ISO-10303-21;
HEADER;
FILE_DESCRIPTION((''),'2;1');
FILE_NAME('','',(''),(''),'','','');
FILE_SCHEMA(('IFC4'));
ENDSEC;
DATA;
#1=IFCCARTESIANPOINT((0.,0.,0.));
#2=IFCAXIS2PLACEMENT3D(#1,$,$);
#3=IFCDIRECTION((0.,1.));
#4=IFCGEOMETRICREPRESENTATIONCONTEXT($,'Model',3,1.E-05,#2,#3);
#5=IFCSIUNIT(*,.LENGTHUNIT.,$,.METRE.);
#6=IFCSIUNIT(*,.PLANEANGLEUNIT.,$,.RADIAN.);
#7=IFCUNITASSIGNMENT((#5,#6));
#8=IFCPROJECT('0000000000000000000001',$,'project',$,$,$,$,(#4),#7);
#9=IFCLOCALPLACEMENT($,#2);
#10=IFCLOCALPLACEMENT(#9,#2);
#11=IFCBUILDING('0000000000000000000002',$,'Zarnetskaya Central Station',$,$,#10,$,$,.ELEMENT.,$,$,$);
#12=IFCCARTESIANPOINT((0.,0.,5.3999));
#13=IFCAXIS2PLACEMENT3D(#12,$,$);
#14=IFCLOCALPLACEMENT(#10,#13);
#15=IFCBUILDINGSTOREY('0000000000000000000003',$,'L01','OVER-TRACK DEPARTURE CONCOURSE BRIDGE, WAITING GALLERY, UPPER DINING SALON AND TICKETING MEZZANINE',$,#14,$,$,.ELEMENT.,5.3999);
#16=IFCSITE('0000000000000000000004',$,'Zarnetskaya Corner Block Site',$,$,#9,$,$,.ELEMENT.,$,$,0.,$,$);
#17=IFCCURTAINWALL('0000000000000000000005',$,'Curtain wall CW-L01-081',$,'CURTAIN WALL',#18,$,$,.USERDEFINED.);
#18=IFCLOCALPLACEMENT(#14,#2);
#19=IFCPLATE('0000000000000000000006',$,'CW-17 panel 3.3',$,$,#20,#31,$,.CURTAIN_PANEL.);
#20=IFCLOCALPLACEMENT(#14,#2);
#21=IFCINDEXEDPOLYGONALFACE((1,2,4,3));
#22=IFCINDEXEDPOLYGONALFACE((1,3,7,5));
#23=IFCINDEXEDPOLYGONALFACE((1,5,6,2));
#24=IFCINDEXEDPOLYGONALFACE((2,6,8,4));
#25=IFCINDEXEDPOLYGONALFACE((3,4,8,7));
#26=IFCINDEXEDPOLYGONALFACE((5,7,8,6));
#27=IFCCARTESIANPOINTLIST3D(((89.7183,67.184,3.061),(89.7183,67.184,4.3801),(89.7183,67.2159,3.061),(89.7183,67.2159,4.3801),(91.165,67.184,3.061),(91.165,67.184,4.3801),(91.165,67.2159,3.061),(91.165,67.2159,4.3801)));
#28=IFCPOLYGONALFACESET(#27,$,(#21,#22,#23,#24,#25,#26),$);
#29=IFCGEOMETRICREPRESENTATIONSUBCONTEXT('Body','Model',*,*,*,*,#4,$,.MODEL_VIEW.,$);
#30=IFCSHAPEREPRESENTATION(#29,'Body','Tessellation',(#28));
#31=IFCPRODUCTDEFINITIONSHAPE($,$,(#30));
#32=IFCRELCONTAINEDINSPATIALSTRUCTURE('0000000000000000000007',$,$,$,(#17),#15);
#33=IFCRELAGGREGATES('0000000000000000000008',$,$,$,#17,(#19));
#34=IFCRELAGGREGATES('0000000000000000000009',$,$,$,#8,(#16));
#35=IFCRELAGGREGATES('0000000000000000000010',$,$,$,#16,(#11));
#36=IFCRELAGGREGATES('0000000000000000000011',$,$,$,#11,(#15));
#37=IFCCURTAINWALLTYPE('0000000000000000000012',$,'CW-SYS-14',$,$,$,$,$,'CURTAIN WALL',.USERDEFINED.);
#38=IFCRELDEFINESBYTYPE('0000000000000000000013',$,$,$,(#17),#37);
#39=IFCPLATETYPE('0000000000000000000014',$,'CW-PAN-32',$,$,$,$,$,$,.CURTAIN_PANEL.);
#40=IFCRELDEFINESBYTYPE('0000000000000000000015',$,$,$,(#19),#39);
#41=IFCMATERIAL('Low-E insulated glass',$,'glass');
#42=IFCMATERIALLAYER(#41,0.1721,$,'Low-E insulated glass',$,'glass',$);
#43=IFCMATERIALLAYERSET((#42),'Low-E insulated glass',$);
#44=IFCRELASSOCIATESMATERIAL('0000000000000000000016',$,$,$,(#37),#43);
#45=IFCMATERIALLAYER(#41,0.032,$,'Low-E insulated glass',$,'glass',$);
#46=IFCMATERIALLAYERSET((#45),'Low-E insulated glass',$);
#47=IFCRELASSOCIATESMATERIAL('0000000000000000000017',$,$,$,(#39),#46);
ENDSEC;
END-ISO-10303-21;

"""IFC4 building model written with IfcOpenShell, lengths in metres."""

from ifc_helpers import new_model, si_unit, direction, frame, origin, origin_2d, place, context, subcontext, project, spatial, rectangle, extrude, material, layer, layer_set, type_object, element, aggregate, save


model = new_model("IFC4")

# Units and contexts
model_context = context("Model", 3, precision=1e-05, world=origin(), true_north=direction((0.0, 1.0)))
body_context = subcontext(model_context, "Body", "Model", "MODEL_VIEW")
ifc_project = project(units=[si_unit("LENGTHUNIT", "METRE"), si_unit("PLANEANGLEUNIT", "RADIAN")], contexts=[model_context])

# Site, building, storey
site_placement = place(None, origin())
site = spatial("IfcSite", under=ifc_project, at=site_placement, Name="Zarnetskaya Corner Block Site", CompositionType="ELEMENT", RefElevation=0.0)
building_placement = place(site_placement, origin())
building = spatial("IfcBuilding", under=site, at=building_placement, Name="Zarnetskaya Central Station", CompositionType="ELEMENT")
storey_placement = place(building_placement, frame((0.0, 0.0, 5.3999)))
storey = spatial("IfcBuildingStorey", under=building, at=storey_placement, Name="L01", Description="OVER-TRACK DEPARTURE CONCOURSE BRIDGE, WAITING GALLERY, UPPER DINING SALON AND TICKETING MEZZANINE", CompositionType="ELEMENT", Elevation=5.3999)

# Curtain wall
ifc_material_1 = material(Name="Low-E insulated glass", Category="glass")
ifc_layer_1 = layer(ifc_material_1, 0.1721, Name="Low-E insulated glass", Category="glass")
ifc_layer_set_1 = layer_set([ifc_layer_1], Name="Low-E insulated glass")
curtain_wall_type = type_object("IfcCurtainWallType", Name="CW-SYS-14", ElementType="CURTAIN WALL", PredefinedType="USERDEFINED", material=ifc_layer_set_1)
curtain_wall_placement = place(storey_placement, origin())
curtain_wall = element("IfcCurtainWall", 1, at=curtain_wall_placement, inside=storey, type_object=curtain_wall_type, Name="Curtain wall CW-L01-081", ObjectType="CURTAIN WALL", PredefinedType="USERDEFINED")

# Plate
ifc_layer_2 = layer(ifc_material_1, 0.032, Name="Low-E insulated glass", Category="glass")
ifc_layer_set_2 = layer_set([ifc_layer_2], Name="Low-E insulated glass")
plate_type = type_object("IfcPlateType", Name="CW-PAN-32", PredefinedType="CURTAIN_PANEL", material=ifc_layer_set_2)
plate_1_placement = place(storey_placement, frame((90.4417, 67.2, 3.061), z_axis=(0.0, 0.0, 1.0), x_axis=(1.0, 0.0, 0.0)))
plate_1 = element("IfcPlate", 2, at=plate_1_placement, type_object=plate_type, Name="CW-17 panel 3.3", PredefinedType="CURTAIN_PANEL", context=body_context, shape_type="SweptSolid", body=[
    extrude(rectangle(XDim=1.4468, YDim=0.032, at=origin_2d()), origin(), (0.0, 0.0, 1.0), 1.3191),
])
aggregate(curtain_wall, [plate_1])

save(model, "model.ifc")
